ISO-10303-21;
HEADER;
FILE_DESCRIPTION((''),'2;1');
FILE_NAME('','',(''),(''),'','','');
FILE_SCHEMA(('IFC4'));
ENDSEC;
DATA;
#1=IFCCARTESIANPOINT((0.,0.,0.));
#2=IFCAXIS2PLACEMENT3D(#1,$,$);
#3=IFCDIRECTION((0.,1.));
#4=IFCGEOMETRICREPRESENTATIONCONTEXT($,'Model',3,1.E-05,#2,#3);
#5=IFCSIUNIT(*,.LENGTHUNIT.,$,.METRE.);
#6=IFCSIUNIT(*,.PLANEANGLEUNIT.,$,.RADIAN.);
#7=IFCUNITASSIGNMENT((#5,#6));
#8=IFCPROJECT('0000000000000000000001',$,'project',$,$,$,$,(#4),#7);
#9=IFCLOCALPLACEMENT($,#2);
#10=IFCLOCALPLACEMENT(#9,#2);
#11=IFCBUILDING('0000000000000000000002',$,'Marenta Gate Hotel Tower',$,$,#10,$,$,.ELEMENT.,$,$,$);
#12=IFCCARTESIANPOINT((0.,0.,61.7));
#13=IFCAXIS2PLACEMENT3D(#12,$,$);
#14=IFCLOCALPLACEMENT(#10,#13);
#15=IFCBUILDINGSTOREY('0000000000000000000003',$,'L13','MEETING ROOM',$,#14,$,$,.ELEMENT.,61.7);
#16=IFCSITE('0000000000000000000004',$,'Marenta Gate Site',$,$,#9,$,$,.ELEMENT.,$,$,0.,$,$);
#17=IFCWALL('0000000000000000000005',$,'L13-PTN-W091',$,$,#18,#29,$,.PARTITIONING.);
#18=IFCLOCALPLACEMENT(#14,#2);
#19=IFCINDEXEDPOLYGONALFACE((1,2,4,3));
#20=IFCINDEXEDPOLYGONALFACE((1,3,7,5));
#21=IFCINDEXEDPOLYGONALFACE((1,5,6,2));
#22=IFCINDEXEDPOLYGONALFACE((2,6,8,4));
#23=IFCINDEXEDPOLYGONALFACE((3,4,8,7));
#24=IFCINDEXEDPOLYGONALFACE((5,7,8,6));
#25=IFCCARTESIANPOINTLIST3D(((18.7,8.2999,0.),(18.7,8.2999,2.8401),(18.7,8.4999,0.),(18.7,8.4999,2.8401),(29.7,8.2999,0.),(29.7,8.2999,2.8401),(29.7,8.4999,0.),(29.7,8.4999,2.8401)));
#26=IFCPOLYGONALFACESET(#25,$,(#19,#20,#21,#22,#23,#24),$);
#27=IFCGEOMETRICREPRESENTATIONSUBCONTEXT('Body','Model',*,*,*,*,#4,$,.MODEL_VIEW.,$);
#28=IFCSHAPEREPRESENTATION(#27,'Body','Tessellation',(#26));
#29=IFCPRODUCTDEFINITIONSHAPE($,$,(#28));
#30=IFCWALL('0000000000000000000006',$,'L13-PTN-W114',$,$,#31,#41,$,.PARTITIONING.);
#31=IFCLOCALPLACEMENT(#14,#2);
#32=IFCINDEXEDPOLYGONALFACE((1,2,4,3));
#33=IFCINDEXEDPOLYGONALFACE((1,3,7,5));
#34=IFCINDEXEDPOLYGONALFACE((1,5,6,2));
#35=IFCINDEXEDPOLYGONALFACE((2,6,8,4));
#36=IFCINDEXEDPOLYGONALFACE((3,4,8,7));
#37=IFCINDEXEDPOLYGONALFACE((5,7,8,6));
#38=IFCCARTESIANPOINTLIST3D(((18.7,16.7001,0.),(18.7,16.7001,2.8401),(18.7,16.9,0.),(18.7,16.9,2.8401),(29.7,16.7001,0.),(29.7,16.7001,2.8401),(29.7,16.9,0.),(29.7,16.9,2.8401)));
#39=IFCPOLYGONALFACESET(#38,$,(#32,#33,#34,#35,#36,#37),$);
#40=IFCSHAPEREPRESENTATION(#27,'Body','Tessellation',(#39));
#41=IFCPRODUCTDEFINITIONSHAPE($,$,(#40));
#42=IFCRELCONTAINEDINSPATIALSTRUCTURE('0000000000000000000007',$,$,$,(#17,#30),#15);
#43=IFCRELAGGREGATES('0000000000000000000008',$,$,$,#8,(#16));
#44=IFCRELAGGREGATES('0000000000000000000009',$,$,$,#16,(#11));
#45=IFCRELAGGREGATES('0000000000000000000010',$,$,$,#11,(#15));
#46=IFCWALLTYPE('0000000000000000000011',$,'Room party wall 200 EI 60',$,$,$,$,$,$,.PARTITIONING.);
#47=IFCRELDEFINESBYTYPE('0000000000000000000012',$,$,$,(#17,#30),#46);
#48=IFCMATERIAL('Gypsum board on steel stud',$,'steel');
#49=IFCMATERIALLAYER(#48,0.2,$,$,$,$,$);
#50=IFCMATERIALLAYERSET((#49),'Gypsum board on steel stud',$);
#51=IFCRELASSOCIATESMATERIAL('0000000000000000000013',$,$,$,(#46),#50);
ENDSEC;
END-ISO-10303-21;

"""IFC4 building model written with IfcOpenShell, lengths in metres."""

from ifc_helpers import new_model, si_unit, direction, frame, frame_2d, origin, place, context, subcontext, project, spatial, rectangle, extrude, material, layer, layer_set, type_object, element, save


model = new_model("IFC4")

# Units and contexts
model_context = context("Model", 3, precision=1e-05, world=origin(), true_north=direction((0.0, 1.0)))
body_context = subcontext(model_context, "Body", "Model", "MODEL_VIEW")
ifc_project = project(units=[si_unit("LENGTHUNIT", "METRE"), si_unit("PLANEANGLEUNIT", "RADIAN")], contexts=[model_context])

# Site, building, storey
site_placement = place(None, origin())
site = spatial("IfcSite", under=ifc_project, at=site_placement, Name="Marenta Gate Site", CompositionType="ELEMENT", RefElevation=0.0)
building_placement = place(site_placement, origin())
building = spatial("IfcBuilding", under=site, at=building_placement, Name="Marenta Gate Hotel Tower", CompositionType="ELEMENT")
storey_placement = place(building_placement, frame((0.0, 0.0, 61.7)))
storey = spatial("IfcBuildingStorey", under=building, at=storey_placement, Name="L13", Description="MEETING ROOM", CompositionType="ELEMENT", Elevation=61.7)

# Walls
ifc_material_1 = material(Name="Gypsum board on steel stud", Category="steel")
ifc_layer_1 = layer(ifc_material_1, 0.2)
ifc_layer_set_1 = layer_set([ifc_layer_1], Name="Gypsum board on steel stud")
wall_type_1 = type_object("IfcWallType", Name="Room party wall 200 EI 60", PredefinedType="PARTITIONING", material=ifc_layer_set_1)
for number, where, z_axis, x_axis, name in (
    (1, (18.7, 8.3999, 0.0), (0.0, 0.0, 1.0), (1.0, 0.0, 0.0), "L13-PTN-W091"),
    (2, (18.7, 16.8, 0.0), (0.0, 0.0, 1.0), (1.0, 0.0, 0.0), "L13-PTN-W114"),
):
    element("IfcWall", number, at=place(storey_placement, frame(where, z_axis=z_axis, x_axis=x_axis)), inside=storey, type_object=wall_type_1, Name=name, PredefinedType="PARTITIONING", context=body_context, shape_type="SweptSolid", body=[
        extrude(rectangle(XDim=11.0, YDim=0.2, at=frame_2d((5.5, 0.0))), origin(), (0.0, 0.0, 1.0), 2.8401),
    ])

save(model, "model.ifc")
